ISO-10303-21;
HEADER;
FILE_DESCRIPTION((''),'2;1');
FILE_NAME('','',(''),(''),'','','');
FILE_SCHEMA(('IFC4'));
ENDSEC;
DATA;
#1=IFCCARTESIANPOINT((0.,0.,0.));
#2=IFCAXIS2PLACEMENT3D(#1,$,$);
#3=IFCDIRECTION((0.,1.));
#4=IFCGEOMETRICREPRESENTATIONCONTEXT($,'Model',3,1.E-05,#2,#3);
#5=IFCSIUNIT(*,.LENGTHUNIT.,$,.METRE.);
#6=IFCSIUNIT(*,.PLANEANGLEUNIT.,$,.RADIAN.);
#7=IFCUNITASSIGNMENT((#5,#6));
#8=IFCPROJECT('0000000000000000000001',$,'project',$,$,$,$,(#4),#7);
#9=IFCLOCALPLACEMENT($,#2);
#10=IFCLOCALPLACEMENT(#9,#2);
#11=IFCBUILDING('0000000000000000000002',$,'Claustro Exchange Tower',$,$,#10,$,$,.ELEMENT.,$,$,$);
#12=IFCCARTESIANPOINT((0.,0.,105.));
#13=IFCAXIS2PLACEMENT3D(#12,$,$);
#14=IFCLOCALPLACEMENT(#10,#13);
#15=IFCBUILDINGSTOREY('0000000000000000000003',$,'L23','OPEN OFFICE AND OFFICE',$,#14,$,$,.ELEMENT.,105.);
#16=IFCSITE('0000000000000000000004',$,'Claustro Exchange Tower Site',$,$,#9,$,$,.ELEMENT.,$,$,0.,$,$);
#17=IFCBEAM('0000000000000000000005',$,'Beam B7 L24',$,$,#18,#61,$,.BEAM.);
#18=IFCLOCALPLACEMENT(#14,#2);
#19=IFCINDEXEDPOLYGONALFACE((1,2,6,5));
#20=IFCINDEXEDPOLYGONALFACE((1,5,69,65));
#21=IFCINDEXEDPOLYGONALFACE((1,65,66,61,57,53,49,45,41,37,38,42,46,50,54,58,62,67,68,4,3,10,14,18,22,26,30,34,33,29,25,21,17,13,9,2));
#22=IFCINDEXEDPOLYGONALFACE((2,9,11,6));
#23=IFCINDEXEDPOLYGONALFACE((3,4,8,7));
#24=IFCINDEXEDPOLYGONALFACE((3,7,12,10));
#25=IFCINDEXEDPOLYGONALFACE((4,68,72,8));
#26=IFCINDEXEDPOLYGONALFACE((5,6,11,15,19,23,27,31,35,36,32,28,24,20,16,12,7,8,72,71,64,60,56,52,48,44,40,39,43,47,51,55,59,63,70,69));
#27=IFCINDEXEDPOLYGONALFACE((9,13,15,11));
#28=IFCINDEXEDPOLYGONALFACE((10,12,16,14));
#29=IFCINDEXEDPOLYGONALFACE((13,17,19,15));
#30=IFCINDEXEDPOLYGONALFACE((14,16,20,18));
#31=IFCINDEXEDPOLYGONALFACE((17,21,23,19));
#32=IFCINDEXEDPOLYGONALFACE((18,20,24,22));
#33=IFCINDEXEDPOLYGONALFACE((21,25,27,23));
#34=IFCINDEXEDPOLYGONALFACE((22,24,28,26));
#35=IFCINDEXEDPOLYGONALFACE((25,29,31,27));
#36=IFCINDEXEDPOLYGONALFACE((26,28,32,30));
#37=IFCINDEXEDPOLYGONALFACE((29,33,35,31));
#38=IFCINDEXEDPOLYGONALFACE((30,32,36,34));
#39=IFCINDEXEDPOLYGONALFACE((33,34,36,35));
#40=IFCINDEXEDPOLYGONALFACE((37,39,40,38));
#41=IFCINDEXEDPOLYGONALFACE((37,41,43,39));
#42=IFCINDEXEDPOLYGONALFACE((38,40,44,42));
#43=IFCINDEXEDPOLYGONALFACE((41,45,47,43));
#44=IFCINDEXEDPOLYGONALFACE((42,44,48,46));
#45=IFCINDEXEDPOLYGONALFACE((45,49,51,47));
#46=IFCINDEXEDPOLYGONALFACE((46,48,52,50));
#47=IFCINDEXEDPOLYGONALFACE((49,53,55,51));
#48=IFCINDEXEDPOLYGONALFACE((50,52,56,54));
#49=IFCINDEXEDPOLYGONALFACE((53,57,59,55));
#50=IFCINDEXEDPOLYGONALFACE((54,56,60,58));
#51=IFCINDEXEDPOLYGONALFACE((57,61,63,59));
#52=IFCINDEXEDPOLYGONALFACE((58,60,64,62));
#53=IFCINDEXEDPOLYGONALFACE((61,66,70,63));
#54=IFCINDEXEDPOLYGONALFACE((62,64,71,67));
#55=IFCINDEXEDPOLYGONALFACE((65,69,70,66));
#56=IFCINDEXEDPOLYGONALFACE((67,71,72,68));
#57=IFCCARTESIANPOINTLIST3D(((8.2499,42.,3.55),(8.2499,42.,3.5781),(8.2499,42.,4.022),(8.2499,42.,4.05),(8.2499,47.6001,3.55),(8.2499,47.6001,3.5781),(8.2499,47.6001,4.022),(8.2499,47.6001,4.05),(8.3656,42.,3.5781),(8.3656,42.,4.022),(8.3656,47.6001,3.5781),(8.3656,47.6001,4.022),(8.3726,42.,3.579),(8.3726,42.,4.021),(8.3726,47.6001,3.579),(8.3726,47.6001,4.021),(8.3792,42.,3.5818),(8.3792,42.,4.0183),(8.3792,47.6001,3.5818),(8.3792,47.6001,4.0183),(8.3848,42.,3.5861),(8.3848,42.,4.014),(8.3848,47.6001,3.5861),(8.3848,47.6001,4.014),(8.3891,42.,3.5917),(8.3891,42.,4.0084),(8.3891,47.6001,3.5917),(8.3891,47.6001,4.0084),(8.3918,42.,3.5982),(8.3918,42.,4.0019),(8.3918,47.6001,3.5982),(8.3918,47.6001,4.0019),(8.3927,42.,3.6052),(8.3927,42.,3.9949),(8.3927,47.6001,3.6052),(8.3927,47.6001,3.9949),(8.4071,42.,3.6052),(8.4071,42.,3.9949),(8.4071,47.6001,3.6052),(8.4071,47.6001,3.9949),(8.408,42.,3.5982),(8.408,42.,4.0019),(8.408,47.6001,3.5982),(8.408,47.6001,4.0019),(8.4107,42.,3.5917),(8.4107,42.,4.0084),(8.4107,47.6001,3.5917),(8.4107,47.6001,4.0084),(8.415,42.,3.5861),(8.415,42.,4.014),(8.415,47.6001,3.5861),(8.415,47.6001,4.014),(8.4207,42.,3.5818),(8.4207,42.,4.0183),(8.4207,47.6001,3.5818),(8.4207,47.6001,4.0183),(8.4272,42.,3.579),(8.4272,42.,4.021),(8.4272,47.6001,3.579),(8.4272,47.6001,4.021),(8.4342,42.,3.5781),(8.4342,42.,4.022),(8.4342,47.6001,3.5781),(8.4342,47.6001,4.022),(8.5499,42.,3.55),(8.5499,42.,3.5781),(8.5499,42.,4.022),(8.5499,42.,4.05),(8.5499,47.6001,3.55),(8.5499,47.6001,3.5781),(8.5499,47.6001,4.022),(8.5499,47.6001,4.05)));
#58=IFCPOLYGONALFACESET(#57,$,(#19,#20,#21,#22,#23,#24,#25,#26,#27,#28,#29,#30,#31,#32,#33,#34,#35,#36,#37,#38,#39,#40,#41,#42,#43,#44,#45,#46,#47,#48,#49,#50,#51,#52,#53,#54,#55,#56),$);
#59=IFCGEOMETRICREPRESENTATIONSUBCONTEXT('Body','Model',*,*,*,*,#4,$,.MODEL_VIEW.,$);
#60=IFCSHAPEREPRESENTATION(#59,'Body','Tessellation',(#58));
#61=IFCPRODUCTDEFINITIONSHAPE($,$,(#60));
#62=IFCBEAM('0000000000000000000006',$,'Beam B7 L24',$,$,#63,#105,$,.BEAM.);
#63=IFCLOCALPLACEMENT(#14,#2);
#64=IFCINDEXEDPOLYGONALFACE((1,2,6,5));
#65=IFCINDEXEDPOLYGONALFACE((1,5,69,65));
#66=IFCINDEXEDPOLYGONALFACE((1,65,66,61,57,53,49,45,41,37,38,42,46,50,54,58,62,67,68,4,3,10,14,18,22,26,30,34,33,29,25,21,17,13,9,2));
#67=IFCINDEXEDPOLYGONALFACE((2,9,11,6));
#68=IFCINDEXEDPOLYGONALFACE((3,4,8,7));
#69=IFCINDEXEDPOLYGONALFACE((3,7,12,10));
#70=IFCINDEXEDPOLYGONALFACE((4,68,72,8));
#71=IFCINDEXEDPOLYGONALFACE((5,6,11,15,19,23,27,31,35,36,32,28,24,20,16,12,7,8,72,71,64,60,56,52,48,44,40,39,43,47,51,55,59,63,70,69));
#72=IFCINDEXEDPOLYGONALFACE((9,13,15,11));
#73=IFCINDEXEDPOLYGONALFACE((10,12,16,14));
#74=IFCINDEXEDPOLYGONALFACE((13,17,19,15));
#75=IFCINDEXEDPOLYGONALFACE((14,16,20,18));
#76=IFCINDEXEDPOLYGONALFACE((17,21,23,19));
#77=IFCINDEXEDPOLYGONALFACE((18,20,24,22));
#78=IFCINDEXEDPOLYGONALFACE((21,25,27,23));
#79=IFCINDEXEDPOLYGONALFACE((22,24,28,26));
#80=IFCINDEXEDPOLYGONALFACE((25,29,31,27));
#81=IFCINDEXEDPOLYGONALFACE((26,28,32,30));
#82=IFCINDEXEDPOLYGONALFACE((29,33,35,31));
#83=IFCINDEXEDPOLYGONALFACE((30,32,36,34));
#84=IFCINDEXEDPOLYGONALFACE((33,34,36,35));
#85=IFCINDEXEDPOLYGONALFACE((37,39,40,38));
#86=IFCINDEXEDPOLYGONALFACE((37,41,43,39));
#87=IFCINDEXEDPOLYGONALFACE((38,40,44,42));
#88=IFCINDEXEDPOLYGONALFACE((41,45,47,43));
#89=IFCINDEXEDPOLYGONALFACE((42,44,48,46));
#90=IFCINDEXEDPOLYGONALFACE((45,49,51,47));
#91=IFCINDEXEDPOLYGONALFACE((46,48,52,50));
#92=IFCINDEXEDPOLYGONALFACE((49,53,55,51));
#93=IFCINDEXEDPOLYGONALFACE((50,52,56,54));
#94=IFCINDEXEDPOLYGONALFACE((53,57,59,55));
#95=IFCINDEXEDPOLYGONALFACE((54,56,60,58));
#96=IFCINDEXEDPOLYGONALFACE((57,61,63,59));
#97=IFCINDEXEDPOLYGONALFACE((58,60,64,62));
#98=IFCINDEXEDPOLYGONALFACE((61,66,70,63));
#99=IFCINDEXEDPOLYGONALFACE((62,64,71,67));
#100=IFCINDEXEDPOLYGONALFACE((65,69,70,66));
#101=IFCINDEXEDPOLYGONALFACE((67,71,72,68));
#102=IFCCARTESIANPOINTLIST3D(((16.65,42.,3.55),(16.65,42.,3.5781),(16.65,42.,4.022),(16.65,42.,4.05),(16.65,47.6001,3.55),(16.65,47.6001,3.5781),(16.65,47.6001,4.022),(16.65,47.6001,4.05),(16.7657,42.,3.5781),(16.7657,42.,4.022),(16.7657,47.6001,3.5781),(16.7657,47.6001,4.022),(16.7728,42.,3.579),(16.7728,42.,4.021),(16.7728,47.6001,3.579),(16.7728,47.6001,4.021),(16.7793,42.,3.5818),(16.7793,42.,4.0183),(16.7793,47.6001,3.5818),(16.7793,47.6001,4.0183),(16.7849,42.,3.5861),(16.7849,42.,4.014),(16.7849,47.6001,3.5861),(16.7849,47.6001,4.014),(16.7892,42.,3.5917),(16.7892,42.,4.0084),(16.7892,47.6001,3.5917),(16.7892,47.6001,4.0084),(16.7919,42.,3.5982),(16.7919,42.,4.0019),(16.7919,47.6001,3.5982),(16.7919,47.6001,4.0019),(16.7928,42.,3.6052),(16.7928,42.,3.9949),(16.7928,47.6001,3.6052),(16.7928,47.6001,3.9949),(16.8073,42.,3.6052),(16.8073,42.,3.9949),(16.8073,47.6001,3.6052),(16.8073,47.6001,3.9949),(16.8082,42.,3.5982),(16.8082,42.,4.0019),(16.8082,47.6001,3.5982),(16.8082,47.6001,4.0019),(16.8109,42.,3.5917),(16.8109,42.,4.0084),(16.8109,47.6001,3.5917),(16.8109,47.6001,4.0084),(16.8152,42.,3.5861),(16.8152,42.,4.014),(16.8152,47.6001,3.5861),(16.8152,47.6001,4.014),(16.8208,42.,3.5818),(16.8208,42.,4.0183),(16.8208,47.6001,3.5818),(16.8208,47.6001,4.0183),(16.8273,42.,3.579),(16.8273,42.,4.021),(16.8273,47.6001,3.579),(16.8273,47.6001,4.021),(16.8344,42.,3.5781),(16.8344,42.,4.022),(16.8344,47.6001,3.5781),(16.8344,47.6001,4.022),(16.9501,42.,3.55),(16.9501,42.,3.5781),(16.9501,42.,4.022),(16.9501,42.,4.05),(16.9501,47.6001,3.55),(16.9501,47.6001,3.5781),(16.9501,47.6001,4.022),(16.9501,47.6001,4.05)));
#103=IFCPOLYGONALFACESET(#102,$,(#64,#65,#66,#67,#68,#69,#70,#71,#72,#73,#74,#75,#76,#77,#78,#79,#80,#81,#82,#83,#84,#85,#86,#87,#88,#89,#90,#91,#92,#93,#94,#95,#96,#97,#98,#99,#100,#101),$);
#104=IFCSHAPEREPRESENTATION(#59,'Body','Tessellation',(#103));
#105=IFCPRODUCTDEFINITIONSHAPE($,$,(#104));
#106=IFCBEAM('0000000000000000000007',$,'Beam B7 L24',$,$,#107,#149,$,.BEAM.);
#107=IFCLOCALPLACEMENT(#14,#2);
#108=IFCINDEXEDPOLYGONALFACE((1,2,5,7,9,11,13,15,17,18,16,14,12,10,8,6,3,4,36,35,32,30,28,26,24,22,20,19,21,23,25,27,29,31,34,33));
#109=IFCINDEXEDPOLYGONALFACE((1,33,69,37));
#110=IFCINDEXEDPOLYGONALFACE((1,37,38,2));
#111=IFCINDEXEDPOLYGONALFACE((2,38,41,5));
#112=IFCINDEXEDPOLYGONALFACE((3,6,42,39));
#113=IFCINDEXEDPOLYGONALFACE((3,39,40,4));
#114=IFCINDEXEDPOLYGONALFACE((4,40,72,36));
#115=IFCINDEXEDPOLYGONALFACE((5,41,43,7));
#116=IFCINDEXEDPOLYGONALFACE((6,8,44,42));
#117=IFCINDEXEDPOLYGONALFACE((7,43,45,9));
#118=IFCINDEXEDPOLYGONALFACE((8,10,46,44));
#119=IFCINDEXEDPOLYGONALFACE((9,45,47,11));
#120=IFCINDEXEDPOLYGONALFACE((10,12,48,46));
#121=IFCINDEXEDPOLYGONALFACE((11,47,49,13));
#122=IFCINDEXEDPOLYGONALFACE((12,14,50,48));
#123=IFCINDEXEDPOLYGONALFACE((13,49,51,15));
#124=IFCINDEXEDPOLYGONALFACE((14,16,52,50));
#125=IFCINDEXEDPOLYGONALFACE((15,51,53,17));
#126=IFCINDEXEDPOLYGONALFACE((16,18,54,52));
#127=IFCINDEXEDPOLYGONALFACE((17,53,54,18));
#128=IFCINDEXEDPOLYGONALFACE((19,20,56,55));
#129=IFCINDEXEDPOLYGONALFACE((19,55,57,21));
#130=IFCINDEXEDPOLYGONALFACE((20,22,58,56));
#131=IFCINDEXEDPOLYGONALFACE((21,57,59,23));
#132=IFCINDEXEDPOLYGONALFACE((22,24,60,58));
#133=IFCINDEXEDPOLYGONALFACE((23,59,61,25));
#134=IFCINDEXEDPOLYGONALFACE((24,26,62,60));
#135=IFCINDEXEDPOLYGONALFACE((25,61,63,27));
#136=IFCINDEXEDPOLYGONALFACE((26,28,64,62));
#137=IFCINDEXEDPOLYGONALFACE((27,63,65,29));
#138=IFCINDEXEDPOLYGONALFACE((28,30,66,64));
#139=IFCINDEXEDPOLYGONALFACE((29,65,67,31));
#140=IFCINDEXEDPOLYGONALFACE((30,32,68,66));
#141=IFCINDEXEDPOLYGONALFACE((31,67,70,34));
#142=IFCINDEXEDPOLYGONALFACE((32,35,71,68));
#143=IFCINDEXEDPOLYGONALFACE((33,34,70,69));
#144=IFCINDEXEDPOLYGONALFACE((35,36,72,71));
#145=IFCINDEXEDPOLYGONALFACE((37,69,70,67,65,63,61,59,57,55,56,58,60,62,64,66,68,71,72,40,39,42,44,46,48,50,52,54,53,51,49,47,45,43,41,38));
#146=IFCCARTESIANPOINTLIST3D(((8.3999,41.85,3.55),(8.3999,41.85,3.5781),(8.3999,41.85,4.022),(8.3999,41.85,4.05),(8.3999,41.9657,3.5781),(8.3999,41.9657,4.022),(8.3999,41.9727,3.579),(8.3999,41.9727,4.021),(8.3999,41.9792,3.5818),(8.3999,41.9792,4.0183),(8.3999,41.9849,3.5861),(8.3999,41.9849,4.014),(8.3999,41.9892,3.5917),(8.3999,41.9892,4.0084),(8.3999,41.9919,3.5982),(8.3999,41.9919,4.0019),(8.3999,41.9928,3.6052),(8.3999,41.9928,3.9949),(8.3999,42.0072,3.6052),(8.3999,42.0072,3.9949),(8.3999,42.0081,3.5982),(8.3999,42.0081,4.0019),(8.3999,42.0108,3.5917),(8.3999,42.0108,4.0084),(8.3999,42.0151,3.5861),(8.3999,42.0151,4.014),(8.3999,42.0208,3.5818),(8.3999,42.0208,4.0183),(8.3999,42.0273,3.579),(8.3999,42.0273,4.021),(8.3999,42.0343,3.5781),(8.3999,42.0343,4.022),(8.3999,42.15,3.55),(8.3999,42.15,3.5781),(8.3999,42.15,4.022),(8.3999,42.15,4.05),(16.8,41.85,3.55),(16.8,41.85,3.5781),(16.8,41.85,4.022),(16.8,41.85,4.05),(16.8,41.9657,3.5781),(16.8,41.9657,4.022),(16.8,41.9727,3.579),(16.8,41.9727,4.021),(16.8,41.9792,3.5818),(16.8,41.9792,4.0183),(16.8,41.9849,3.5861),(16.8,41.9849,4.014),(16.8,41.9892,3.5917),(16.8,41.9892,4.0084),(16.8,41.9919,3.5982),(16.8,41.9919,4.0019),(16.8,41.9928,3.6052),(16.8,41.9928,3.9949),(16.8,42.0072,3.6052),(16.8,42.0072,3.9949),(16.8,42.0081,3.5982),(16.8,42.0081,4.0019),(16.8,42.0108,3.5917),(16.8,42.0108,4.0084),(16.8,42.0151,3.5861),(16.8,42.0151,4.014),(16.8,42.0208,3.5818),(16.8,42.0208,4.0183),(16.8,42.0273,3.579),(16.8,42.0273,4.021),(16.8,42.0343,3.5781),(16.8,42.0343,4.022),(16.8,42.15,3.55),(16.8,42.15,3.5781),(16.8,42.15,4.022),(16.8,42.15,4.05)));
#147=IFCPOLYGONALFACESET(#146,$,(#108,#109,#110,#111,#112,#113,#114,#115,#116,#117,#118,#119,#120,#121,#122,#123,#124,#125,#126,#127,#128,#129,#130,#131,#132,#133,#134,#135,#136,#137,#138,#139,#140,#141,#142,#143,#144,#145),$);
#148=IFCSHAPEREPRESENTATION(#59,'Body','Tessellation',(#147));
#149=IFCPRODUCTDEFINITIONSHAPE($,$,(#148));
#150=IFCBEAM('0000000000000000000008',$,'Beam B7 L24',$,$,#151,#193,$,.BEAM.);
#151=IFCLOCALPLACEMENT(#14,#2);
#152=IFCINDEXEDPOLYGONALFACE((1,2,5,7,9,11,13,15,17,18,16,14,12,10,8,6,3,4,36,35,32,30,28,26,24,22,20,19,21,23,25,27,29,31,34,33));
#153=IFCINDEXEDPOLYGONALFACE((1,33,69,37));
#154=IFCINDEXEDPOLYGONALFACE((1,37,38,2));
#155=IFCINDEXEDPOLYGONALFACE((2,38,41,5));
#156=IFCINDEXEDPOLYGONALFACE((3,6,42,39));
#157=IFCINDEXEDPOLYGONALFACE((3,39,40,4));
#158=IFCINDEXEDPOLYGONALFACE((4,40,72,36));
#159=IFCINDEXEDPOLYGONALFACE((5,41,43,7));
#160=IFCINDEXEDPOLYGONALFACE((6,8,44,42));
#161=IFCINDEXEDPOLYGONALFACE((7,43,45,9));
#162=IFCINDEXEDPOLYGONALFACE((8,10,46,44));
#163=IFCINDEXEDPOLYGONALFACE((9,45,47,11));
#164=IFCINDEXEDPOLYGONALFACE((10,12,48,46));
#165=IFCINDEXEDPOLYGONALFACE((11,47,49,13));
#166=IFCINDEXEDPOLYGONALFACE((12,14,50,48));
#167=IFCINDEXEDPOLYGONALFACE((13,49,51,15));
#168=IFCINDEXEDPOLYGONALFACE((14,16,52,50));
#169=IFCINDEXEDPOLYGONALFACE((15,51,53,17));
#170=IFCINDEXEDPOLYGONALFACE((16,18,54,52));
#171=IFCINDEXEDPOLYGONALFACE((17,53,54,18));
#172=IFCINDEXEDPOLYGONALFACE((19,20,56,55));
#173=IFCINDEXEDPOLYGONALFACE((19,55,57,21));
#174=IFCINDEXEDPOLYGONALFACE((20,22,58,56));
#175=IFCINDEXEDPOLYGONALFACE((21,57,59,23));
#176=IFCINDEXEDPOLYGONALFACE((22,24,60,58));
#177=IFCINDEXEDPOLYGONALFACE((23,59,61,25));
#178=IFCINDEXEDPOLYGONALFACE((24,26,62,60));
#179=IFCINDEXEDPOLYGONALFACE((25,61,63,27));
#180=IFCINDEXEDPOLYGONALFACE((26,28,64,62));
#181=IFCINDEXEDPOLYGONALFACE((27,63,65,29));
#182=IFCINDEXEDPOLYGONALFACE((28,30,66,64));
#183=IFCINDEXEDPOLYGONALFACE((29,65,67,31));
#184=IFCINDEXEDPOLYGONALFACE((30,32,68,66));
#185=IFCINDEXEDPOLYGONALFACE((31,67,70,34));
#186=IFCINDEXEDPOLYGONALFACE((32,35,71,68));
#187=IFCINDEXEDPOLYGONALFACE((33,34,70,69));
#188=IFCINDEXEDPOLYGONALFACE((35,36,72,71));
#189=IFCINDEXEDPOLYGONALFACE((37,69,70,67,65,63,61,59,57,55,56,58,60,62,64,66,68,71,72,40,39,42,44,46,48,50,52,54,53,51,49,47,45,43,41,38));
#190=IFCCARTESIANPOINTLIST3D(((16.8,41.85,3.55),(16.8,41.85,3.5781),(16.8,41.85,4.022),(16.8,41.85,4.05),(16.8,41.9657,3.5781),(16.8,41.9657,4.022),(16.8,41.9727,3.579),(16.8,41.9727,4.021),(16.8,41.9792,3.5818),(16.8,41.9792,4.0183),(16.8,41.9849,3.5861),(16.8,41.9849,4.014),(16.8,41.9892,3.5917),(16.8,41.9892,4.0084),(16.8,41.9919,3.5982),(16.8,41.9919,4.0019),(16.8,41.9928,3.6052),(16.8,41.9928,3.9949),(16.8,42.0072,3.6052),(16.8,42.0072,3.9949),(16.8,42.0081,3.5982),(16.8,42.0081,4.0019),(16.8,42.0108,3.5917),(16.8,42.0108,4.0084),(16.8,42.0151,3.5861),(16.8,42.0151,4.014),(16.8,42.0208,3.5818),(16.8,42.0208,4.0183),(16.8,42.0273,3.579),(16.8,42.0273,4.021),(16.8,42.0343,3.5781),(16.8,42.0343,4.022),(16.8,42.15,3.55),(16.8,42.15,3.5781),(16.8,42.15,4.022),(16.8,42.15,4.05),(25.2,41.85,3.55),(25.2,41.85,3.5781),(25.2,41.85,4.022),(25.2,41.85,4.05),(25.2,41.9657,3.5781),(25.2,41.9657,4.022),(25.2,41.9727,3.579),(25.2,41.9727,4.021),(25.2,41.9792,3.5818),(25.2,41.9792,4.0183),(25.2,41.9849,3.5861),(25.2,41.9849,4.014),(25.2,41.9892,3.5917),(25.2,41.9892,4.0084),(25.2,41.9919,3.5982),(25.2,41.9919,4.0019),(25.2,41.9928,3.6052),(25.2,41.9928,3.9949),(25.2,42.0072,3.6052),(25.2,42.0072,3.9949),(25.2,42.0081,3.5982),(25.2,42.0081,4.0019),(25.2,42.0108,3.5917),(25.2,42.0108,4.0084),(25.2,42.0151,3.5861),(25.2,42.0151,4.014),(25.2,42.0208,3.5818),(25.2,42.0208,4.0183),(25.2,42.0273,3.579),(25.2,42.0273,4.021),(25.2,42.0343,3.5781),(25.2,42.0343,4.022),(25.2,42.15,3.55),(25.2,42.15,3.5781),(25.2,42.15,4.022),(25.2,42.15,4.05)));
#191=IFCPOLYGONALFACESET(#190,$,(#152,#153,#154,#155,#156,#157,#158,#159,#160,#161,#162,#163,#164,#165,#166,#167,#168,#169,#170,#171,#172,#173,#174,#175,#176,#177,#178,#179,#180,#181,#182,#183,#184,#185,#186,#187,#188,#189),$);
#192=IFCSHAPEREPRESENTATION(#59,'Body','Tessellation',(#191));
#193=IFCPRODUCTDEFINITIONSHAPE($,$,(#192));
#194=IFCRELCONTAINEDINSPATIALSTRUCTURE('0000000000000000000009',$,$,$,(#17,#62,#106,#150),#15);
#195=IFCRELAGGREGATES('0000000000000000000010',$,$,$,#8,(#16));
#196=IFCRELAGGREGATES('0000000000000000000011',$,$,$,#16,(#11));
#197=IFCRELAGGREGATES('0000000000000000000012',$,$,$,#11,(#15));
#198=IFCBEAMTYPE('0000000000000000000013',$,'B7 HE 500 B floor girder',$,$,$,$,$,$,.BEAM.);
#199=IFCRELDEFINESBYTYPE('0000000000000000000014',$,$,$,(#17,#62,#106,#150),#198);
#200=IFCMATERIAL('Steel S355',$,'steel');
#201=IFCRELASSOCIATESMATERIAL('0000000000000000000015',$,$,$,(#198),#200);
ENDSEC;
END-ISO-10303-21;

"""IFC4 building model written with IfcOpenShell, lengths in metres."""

from ifc_helpers import new_model, si_unit, direction, frame, origin, origin_2d, place, context, subcontext, project, spatial, i_section, extrude, material, material_profile, profile_set, type_object, element, save


model = new_model("IFC4")

# Units and contexts
model_context = context("Model", 3, precision=1e-05, world=origin(), true_north=direction((0.0, 1.0)))
body_context = subcontext(model_context, "Body", "Model", "MODEL_VIEW")
ifc_project = project(units=[si_unit("LENGTHUNIT", "METRE"), si_unit("PLANEANGLEUNIT", "RADIAN")], contexts=[model_context])

# Site, building, storey
site_placement = place(None, origin())
site = spatial("IfcSite", under=ifc_project, at=site_placement, Name="Claustro Exchange Tower Site", CompositionType="ELEMENT", RefElevation=0.0)
building_placement = place(site_placement, origin())
building = spatial("IfcBuilding", under=site, at=building_placement, Name="Claustro Exchange Tower", CompositionType="ELEMENT")
storey_placement = place(building_placement, frame((0.0, 0.0, 105.0)))
storey = spatial("IfcBuildingStorey", under=building, at=storey_placement, Name="L23", Description="OPEN OFFICE AND OFFICE", CompositionType="ELEMENT", Elevation=105.0)

# Beams
ifc_material_1 = material(Name="Steel S355", Category="steel")
ifc_material_profile_1 = material_profile(ifc_material_1, i_section(OverallWidth=0.3, OverallDepth=0.5, WebThickness=0.0144, FlangeThickness=0.0281, FilletRadius=0.0271, at=origin_2d()), Name="HE 500 B")
ifc_profile_set_1 = profile_set([ifc_material_profile_1], Name="Steel S355")
beam_type_1 = type_object("IfcBeamType", Name="B7 HE 500 B floor girder", PredefinedType="BEAM", material=ifc_profile_set_1)
for number, where, z_axis, x_axis, name in (
    (1, (8.3999, 42.0, 3.8), (0.0, 1.0, 0.0), (-1.0, 0.0, 0.0), "Beam B7 L24"),
    (2, (16.8, 42.0, 3.8), (0.0, 1.0, 0.0), (-1.0, 0.0, 0.0), "Beam B7 L24"),
):
    element("IfcBeam", number, at=place(storey_placement, frame(where, z_axis=z_axis, x_axis=x_axis)), inside=storey, type_object=beam_type_1, Name=name, PredefinedType="BEAM", context=body_context, shape_type="SweptSolid", body=[
        extrude(i_section(OverallWidth=0.3, OverallDepth=0.5, WebThickness=0.0144, FlangeThickness=0.0281, FilletRadius=0.0271, at=origin_2d()), origin(), (0.0, 0.0, 1.0), 5.6001),
    ])
beam_1_placement = place(storey_placement, frame((8.3999, 42.0, 3.8), z_axis=(1.0, 0.0, 0.0), x_axis=(0.0, 1.0, 0.0)))
element("IfcBeam", 3, at=beam_1_placement, inside=storey, type_object=beam_type_1, Name="Beam B7 L24", PredefinedType="BEAM", context=body_context, shape_type="SweptSolid", body=[
    extrude(i_section(OverallWidth=0.3, OverallDepth=0.5, WebThickness=0.0144, FlangeThickness=0.0281, FilletRadius=0.0271, at=origin_2d()), origin(), (0.0, 0.0, 1.0), 8.4001),
])
beam_2_placement = place(storey_placement, frame((16.8, 42.0, 3.8), z_axis=(1.0, 0.0, 0.0), x_axis=(0.0, 1.0, 0.0)))
element("IfcBeam", 4, at=beam_2_placement, inside=storey, type_object=beam_type_1, Name="Beam B7 L24", PredefinedType="BEAM", context=body_context, shape_type="SweptSolid", body=[
    extrude(i_section(OverallWidth=0.3, OverallDepth=0.5, WebThickness=0.0144, FlangeThickness=0.0281, FilletRadius=0.0271, at=origin_2d()), origin(), (0.0, 0.0, 1.0), 8.3999),
])

save(model, "model.ifc")
